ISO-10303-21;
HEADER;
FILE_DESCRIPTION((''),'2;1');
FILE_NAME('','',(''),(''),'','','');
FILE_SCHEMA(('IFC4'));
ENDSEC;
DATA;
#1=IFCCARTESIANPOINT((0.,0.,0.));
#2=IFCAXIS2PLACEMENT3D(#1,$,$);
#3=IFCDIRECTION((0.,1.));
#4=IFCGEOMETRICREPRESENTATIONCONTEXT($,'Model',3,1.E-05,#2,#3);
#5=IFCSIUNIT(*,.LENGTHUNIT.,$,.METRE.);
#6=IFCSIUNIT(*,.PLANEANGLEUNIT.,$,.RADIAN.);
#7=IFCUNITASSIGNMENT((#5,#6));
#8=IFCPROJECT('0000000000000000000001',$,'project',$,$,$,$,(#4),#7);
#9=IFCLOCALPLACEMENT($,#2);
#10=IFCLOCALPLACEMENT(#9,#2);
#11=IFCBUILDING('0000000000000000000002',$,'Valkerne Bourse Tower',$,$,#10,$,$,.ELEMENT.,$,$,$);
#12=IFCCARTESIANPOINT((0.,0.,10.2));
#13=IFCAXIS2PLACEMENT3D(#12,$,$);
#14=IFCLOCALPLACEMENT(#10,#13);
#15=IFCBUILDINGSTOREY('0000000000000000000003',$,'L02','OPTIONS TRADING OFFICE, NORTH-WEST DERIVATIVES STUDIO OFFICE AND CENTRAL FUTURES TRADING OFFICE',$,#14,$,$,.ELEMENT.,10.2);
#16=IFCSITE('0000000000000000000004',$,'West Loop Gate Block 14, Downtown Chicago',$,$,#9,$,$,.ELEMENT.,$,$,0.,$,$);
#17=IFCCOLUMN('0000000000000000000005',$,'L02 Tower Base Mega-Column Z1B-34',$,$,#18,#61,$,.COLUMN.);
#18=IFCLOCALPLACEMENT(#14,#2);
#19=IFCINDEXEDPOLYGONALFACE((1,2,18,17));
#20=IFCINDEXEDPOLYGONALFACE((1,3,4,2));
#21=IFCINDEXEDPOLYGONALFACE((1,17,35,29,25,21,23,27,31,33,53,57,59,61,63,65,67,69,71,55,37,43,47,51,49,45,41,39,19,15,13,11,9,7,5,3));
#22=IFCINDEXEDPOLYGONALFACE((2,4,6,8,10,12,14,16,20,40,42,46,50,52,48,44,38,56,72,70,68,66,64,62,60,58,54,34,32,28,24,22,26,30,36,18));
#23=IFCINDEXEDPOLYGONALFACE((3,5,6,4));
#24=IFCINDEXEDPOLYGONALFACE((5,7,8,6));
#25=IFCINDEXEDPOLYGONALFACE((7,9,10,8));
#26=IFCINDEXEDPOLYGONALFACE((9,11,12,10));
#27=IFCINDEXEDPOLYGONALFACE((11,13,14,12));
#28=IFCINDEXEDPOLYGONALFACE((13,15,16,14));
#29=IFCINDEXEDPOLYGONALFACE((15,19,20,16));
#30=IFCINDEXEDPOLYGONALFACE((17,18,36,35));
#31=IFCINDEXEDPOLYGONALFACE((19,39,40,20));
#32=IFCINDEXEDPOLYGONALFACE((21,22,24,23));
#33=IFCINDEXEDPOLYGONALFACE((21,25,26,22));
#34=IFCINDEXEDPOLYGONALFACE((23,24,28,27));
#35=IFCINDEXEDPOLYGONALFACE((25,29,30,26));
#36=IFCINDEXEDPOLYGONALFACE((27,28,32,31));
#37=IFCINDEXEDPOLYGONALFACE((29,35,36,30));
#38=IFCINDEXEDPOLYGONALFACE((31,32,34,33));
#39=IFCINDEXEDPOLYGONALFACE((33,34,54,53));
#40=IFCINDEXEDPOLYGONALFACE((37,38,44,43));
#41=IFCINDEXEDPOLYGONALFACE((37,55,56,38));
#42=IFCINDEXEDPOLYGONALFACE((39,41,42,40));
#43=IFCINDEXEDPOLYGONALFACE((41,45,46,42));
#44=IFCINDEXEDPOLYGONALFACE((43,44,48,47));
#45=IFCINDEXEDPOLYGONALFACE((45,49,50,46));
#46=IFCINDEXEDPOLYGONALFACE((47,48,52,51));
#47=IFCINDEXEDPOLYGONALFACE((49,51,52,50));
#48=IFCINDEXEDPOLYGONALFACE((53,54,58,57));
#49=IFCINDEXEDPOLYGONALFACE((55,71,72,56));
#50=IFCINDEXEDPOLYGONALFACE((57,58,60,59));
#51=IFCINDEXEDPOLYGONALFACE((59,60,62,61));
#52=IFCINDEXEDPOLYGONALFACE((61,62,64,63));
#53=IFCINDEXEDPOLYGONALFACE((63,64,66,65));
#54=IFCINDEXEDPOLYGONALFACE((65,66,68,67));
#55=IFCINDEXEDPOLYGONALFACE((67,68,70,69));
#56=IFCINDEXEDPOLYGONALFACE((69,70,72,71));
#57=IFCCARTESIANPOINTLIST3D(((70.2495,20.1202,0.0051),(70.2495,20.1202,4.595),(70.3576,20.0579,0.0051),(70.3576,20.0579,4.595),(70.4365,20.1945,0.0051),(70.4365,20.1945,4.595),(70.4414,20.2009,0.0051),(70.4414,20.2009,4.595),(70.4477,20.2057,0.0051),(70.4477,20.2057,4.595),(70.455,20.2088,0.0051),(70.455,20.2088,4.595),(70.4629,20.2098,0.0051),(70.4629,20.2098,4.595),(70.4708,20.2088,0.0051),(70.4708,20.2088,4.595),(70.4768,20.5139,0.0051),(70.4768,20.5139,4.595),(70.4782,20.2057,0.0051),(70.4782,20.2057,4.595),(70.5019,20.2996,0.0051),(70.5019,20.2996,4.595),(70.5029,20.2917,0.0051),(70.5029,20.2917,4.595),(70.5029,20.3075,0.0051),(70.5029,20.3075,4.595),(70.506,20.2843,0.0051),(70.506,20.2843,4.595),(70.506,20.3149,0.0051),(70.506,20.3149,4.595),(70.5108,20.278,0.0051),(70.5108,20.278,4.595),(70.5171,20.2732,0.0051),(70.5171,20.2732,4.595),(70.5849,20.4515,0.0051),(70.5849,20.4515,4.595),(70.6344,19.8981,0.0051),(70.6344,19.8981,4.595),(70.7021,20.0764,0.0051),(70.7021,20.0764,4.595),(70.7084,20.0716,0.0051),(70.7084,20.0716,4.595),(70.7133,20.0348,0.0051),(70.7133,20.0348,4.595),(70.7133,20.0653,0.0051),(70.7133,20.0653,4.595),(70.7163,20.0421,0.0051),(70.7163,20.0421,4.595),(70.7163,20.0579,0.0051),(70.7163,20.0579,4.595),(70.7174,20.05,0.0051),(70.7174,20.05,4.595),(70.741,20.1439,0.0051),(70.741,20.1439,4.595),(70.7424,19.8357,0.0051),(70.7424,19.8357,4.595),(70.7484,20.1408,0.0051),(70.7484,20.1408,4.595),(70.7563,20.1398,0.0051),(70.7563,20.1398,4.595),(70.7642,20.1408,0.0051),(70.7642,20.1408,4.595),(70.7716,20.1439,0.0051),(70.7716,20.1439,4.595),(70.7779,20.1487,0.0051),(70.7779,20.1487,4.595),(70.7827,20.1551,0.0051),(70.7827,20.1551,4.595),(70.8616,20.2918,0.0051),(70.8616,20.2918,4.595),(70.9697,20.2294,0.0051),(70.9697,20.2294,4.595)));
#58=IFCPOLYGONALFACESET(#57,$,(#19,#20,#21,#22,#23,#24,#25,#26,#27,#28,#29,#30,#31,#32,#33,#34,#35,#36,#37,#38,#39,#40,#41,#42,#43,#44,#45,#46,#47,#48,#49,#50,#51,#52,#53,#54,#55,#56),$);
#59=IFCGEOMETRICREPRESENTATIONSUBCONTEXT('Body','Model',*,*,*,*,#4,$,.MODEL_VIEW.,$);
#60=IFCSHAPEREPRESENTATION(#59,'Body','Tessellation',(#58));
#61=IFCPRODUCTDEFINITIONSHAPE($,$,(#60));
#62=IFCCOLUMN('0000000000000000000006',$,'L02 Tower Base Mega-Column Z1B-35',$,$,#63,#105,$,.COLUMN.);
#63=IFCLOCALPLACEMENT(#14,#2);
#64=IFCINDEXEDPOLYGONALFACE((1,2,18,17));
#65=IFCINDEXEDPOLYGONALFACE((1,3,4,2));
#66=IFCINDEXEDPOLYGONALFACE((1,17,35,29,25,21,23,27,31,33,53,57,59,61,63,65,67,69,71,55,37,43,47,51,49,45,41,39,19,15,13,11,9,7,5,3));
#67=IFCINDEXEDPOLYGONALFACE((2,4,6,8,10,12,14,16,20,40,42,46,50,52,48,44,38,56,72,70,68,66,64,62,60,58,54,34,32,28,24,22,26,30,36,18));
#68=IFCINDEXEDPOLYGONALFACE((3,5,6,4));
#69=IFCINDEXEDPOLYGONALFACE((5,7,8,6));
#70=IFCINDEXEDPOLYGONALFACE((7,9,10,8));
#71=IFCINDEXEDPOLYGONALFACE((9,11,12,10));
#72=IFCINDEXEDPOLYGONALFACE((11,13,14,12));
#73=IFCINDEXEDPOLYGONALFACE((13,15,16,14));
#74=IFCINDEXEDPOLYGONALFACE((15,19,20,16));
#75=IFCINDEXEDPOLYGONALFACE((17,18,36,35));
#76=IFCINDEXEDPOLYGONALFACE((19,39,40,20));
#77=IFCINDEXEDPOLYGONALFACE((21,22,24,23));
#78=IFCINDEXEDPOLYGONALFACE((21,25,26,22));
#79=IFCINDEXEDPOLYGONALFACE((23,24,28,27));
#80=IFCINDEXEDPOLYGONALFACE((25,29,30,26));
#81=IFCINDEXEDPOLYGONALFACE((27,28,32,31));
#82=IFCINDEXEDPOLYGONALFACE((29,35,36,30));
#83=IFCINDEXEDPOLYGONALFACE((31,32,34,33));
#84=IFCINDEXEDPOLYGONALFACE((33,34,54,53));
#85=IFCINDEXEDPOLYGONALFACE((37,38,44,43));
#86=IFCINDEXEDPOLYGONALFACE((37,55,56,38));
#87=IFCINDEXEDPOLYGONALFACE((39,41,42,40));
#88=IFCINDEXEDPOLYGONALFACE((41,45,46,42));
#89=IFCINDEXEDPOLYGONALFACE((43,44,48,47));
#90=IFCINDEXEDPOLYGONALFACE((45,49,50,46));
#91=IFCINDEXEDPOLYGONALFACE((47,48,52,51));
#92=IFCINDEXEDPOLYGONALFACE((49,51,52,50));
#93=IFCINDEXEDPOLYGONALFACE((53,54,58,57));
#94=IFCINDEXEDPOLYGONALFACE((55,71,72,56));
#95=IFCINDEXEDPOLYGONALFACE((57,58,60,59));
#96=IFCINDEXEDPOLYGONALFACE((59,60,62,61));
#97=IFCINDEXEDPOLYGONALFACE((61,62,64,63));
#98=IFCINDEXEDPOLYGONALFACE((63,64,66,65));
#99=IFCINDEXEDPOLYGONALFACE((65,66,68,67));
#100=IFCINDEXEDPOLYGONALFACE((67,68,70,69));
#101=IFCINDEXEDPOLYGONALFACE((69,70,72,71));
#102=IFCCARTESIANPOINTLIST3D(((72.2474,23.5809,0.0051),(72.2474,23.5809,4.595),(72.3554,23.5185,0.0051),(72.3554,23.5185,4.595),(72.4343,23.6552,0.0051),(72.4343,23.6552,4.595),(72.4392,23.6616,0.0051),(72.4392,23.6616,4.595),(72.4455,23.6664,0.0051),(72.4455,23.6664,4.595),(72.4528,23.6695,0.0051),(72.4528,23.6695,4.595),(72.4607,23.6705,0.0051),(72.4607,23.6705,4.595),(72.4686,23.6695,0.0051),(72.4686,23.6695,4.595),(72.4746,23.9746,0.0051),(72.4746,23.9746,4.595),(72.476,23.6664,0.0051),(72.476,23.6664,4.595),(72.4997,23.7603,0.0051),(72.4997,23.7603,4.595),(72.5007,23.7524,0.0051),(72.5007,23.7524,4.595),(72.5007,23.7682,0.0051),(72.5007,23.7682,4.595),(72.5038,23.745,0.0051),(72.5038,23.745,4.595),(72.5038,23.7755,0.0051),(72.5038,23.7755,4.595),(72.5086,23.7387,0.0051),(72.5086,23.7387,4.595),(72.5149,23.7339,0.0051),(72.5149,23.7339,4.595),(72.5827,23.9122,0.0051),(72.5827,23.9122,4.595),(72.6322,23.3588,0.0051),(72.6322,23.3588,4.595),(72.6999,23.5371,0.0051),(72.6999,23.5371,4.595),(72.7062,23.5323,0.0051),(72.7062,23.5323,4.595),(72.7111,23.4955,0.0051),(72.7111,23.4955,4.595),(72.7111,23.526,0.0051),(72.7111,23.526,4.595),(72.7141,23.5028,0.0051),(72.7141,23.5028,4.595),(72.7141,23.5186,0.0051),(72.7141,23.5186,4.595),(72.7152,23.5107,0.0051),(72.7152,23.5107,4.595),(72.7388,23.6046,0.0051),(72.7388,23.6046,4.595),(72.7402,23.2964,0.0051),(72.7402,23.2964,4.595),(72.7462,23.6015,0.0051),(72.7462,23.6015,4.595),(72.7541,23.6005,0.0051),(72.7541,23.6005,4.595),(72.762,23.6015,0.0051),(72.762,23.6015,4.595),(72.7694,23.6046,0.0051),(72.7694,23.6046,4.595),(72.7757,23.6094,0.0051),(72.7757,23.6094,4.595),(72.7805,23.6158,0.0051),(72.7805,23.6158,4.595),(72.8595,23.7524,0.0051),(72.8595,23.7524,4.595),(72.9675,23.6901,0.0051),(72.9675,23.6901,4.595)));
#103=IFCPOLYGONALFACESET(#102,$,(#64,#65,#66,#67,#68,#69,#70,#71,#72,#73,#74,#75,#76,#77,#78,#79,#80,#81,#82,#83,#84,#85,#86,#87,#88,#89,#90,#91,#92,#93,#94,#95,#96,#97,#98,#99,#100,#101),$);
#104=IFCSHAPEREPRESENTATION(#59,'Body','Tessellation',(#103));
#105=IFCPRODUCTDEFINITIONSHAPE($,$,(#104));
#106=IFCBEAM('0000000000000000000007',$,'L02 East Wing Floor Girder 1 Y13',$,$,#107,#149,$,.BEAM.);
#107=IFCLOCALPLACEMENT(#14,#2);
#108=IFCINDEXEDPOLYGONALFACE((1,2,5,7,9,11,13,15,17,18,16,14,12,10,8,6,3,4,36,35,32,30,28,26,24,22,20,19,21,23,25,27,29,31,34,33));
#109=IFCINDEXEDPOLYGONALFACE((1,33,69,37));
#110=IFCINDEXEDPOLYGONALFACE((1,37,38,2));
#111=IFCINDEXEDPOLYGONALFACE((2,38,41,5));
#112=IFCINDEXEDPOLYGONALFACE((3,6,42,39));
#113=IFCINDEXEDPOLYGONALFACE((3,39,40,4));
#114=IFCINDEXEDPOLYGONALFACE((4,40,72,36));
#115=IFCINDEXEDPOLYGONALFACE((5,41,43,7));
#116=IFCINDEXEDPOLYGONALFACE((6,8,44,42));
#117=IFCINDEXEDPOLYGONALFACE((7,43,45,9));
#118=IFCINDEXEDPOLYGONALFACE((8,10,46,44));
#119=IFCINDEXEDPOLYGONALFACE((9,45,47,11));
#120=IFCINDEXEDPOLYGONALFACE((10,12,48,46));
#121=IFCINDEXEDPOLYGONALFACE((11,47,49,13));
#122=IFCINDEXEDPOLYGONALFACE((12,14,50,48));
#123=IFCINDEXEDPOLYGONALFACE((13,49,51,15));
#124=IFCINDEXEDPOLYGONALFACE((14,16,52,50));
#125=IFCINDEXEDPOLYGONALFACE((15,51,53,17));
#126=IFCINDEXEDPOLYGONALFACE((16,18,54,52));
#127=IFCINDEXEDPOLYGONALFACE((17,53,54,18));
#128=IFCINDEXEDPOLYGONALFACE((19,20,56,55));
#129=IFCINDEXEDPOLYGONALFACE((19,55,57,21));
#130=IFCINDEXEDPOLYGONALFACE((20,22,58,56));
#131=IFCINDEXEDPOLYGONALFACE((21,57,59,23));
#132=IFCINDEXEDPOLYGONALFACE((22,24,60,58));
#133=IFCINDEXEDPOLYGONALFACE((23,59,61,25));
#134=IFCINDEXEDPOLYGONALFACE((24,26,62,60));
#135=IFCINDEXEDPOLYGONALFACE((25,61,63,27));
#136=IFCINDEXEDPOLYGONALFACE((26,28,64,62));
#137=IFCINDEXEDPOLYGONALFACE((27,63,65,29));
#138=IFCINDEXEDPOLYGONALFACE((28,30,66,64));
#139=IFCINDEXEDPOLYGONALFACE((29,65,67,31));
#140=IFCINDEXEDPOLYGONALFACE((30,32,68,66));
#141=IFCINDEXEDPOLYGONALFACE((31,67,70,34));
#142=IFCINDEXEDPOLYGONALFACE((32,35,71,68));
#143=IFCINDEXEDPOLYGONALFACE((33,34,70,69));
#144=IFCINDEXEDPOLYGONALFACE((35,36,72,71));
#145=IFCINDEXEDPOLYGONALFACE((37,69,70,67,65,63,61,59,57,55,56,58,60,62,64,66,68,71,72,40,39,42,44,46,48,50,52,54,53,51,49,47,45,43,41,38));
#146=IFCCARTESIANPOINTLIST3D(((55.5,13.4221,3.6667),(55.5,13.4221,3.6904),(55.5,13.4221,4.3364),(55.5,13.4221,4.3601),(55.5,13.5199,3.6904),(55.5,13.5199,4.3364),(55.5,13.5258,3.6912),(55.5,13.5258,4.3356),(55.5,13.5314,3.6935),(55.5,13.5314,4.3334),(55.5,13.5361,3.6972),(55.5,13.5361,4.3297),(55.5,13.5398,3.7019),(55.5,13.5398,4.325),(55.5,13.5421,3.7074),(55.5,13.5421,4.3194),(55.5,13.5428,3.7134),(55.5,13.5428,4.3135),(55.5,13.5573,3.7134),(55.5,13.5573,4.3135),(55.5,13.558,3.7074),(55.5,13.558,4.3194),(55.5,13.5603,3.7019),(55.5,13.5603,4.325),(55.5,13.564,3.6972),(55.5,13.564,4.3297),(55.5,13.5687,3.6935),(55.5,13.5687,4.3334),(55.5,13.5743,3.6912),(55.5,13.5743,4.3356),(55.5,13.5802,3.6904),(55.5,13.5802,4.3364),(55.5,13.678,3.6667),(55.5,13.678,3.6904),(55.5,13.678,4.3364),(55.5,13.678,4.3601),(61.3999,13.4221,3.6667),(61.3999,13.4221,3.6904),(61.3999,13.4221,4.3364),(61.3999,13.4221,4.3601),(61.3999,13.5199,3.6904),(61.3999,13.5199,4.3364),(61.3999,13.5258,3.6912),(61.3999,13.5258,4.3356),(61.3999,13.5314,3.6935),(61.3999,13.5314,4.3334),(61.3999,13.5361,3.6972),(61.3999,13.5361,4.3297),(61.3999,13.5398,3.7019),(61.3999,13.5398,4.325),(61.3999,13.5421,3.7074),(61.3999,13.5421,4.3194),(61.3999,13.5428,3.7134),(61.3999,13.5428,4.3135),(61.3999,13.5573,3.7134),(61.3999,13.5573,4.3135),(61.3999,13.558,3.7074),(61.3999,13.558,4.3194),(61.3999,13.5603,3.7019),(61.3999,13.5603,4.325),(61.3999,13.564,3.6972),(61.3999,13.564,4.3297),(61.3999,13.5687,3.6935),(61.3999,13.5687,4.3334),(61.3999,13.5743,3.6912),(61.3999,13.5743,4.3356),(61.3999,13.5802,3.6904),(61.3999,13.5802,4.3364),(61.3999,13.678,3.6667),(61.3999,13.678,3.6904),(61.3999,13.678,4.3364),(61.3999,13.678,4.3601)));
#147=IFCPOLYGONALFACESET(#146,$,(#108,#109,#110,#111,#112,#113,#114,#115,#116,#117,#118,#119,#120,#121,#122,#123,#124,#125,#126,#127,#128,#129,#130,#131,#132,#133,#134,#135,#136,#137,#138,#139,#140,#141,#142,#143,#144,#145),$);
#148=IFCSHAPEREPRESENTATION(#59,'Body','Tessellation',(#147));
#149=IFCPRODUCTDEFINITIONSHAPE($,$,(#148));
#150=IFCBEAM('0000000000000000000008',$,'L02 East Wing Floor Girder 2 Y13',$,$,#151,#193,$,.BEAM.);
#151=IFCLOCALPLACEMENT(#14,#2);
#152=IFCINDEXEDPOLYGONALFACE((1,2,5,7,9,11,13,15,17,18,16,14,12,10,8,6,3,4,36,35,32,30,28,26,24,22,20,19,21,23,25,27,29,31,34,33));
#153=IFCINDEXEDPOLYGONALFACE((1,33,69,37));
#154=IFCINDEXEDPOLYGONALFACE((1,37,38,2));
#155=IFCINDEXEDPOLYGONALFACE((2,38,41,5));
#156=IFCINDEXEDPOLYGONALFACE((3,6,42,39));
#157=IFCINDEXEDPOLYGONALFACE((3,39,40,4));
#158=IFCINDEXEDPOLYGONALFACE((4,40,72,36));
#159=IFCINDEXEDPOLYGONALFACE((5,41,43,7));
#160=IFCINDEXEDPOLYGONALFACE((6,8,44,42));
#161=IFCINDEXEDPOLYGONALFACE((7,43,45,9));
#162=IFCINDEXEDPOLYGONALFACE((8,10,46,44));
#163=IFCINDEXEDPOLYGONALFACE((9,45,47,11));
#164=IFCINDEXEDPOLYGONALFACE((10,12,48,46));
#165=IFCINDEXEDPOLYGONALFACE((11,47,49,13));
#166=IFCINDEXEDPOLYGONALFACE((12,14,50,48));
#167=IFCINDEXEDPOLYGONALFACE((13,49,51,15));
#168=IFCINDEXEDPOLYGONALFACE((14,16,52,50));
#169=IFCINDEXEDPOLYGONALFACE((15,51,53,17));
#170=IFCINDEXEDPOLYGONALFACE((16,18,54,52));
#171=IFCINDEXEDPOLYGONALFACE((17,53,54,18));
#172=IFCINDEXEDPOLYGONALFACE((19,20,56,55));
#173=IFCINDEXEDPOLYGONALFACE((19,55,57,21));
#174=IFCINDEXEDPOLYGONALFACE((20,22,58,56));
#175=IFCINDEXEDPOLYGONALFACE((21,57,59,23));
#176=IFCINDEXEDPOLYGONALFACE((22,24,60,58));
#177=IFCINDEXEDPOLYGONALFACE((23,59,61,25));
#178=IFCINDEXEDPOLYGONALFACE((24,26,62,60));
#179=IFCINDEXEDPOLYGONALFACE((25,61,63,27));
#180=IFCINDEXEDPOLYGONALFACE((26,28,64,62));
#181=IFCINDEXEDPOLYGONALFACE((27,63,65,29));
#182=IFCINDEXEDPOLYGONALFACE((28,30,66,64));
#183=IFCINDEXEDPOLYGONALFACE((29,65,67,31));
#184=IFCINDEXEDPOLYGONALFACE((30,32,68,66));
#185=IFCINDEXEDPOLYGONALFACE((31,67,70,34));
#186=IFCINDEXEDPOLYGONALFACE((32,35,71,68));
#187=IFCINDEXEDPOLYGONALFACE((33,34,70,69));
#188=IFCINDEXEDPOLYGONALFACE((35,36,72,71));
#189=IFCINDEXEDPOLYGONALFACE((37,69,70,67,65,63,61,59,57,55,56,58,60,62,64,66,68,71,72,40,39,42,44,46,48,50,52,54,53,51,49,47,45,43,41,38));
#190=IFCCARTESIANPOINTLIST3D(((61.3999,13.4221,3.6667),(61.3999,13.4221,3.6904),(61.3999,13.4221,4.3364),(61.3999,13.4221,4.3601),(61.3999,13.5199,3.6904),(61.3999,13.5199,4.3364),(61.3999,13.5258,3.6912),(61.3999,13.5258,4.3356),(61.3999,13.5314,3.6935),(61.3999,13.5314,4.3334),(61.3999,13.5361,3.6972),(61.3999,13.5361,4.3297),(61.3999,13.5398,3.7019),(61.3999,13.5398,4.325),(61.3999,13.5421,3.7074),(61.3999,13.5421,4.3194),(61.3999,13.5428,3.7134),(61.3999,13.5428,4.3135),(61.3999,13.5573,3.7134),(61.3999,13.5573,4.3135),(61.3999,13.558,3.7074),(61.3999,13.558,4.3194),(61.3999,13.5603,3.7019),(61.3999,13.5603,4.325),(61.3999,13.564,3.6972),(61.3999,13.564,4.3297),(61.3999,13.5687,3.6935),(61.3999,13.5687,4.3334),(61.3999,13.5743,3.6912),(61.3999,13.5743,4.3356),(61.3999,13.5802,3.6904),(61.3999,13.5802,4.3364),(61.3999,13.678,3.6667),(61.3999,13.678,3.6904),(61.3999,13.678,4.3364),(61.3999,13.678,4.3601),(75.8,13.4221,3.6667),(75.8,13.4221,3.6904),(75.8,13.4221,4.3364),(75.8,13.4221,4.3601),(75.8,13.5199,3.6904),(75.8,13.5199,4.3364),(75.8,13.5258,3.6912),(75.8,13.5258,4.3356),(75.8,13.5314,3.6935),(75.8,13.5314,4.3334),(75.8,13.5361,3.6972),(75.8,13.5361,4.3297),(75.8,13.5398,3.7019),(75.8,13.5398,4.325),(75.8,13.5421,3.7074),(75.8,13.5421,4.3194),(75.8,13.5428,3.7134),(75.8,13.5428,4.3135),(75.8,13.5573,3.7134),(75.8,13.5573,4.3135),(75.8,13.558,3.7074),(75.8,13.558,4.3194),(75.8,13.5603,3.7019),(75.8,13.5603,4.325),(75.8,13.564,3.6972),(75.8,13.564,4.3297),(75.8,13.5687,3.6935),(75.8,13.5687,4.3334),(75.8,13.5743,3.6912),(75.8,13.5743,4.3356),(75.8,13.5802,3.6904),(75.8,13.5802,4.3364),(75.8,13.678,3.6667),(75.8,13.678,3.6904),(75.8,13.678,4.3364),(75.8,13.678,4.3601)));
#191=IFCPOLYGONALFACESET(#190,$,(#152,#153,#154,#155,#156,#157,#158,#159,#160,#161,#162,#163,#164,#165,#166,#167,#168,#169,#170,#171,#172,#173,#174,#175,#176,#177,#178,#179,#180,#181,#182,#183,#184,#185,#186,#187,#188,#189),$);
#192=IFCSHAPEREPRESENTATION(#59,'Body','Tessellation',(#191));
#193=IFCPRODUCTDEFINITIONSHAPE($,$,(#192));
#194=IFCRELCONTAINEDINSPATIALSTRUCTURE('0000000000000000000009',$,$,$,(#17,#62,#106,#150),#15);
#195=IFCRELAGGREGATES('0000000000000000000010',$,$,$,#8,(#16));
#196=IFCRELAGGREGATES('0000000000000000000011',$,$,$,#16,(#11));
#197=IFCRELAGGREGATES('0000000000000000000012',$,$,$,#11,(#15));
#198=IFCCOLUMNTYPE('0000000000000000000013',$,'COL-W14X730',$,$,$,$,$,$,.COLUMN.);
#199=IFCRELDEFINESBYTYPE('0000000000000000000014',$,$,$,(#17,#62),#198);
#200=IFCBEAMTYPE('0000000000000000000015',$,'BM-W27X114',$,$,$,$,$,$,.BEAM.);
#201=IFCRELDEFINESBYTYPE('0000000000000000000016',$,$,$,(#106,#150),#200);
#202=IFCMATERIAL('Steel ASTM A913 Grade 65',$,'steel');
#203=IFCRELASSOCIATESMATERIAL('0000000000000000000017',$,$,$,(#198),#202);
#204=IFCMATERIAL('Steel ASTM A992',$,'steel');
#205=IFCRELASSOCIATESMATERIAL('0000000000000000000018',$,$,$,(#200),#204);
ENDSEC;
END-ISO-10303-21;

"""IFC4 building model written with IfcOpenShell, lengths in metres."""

from ifc_helpers import new_model, si_unit, direction, frame, origin, origin_2d, place, context, subcontext, project, spatial, i_section, extrude, material, material_profile, profile_set, type_object, element, save


model = new_model("IFC4")

# Units and contexts
model_context = context("Model", 3, precision=1e-05, world=origin(), true_north=direction((0.0, 1.0)))
body_context = subcontext(model_context, "Body", "Model", "MODEL_VIEW")
ifc_project = project(units=[si_unit("LENGTHUNIT", "METRE"), si_unit("PLANEANGLEUNIT", "RADIAN")], contexts=[model_context])

# Site, building, storey
site_placement = place(None, origin())
site = spatial("IfcSite", under=ifc_project, at=site_placement, Name="West Loop Gate Block 14, Downtown Chicago", CompositionType="ELEMENT", RefElevation=0.0)
building_placement = place(site_placement, origin())
building = spatial("IfcBuilding", under=site, at=building_placement, Name="Valkerne Bourse Tower", CompositionType="ELEMENT")
storey_placement = place(building_placement, frame((0.0, 0.0, 10.2)))
storey = spatial("IfcBuildingStorey", under=building, at=storey_placement, Name="L02", Description="OPTIONS TRADING OFFICE, NORTH-WEST DERIVATIVES STUDIO OFFICE AND CENTRAL FUTURES TRADING OFFICE", CompositionType="ELEMENT", Elevation=10.2)

# Columns
ifc_material_1 = material(Name="Steel ASTM A913 Grade 65", Category="steel")
ifc_material_profile_1 = material_profile(ifc_material_1, i_section(OverallWidth=0.4546, OverallDepth=0.5691, WebThickness=0.0779, FlangeThickness=0.1248, FilletRadius=0.0305, at=origin_2d()), Name="W14X730")
ifc_profile_set_1 = profile_set([ifc_material_profile_1], Name="Steel ASTM A913 Grade 65")
column_type_1 = type_object("IfcColumnType", Name="COL-W14X730", PredefinedType="COLUMN", material=ifc_profile_set_1)
for number, where, z_axis, x_axis, name in (
    (1, (70.6096, 20.1748, 0.0051), (0.0, 0.0, 1.0), (0.5, 0.866025, 0.0), "L02 Tower Base Mega-Column Z1B-34"),
    (2, (72.6074, 23.6355, 0.0051), (0.0, 0.0, 1.0), (0.5, 0.866025, 0.0), "L02 Tower Base Mega-Column Z1B-35"),
):
    element("IfcColumn", number, at=place(storey_placement, frame(where, z_axis=z_axis, x_axis=x_axis)), inside=storey, type_object=column_type_1, Name=name, PredefinedType="COLUMN", context=body_context, shape_type="SweptSolid", body=[
        extrude(i_section(OverallWidth=0.4546, OverallDepth=0.5691, WebThickness=0.0779, FlangeThickness=0.1248, FilletRadius=0.0305, at=origin_2d()), origin(), (0.0, 0.0, 1.0), 4.5898),
    ])

# Beams
ifc_material_2 = material(Name="Steel ASTM A992", Category="steel")
ifc_material_profile_2 = material_profile(ifc_material_2, i_section(OverallWidth=0.2559, OverallDepth=0.6934, WebThickness=0.0144, FlangeThickness=0.0237, FilletRadius=0.0229, at=origin_2d()), Name="W27X114")
ifc_profile_set_2 = profile_set([ifc_material_profile_2], Name="Steel ASTM A992")
beam_type_1 = type_object("IfcBeamType", Name="BM-W27X114", PredefinedType="BEAM", material=ifc_profile_set_2)
beam_1_placement = place(storey_placement, frame((55.5, 13.55, 4.0134), z_axis=(1.0, 0.0, 0.0), x_axis=(0.0, 1.0, 0.0)))
element("IfcBeam", 3, at=beam_1_placement, inside=storey, type_object=beam_type_1, Name="L02 East Wing Floor Girder 1 Y13", PredefinedType="BEAM", context=body_context, shape_type="SweptSolid", body=[
    extrude(i_section(OverallWidth=0.2559, OverallDepth=0.6934, WebThickness=0.0144, FlangeThickness=0.0237, FilletRadius=0.0229, at=origin_2d()), origin(), (0.0, 0.0, 1.0), 5.8999),
])
beam_2_placement = place(storey_placement, frame((61.3999, 13.55, 4.0134), z_axis=(1.0, 0.0, 0.0), x_axis=(0.0, 1.0, 0.0)))
element("IfcBeam", 4, at=beam_2_placement, inside=storey, type_object=beam_type_1, Name="L02 East Wing Floor Girder 2 Y13", PredefinedType="BEAM", context=body_context, shape_type="SweptSolid", body=[
    extrude(i_section(OverallWidth=0.2559, OverallDepth=0.6934, WebThickness=0.0144, FlangeThickness=0.0237, FilletRadius=0.0229, at=origin_2d()), origin(), (0.0, 0.0, 1.0), 14.4001),
])

save(model, "model.ifc")
